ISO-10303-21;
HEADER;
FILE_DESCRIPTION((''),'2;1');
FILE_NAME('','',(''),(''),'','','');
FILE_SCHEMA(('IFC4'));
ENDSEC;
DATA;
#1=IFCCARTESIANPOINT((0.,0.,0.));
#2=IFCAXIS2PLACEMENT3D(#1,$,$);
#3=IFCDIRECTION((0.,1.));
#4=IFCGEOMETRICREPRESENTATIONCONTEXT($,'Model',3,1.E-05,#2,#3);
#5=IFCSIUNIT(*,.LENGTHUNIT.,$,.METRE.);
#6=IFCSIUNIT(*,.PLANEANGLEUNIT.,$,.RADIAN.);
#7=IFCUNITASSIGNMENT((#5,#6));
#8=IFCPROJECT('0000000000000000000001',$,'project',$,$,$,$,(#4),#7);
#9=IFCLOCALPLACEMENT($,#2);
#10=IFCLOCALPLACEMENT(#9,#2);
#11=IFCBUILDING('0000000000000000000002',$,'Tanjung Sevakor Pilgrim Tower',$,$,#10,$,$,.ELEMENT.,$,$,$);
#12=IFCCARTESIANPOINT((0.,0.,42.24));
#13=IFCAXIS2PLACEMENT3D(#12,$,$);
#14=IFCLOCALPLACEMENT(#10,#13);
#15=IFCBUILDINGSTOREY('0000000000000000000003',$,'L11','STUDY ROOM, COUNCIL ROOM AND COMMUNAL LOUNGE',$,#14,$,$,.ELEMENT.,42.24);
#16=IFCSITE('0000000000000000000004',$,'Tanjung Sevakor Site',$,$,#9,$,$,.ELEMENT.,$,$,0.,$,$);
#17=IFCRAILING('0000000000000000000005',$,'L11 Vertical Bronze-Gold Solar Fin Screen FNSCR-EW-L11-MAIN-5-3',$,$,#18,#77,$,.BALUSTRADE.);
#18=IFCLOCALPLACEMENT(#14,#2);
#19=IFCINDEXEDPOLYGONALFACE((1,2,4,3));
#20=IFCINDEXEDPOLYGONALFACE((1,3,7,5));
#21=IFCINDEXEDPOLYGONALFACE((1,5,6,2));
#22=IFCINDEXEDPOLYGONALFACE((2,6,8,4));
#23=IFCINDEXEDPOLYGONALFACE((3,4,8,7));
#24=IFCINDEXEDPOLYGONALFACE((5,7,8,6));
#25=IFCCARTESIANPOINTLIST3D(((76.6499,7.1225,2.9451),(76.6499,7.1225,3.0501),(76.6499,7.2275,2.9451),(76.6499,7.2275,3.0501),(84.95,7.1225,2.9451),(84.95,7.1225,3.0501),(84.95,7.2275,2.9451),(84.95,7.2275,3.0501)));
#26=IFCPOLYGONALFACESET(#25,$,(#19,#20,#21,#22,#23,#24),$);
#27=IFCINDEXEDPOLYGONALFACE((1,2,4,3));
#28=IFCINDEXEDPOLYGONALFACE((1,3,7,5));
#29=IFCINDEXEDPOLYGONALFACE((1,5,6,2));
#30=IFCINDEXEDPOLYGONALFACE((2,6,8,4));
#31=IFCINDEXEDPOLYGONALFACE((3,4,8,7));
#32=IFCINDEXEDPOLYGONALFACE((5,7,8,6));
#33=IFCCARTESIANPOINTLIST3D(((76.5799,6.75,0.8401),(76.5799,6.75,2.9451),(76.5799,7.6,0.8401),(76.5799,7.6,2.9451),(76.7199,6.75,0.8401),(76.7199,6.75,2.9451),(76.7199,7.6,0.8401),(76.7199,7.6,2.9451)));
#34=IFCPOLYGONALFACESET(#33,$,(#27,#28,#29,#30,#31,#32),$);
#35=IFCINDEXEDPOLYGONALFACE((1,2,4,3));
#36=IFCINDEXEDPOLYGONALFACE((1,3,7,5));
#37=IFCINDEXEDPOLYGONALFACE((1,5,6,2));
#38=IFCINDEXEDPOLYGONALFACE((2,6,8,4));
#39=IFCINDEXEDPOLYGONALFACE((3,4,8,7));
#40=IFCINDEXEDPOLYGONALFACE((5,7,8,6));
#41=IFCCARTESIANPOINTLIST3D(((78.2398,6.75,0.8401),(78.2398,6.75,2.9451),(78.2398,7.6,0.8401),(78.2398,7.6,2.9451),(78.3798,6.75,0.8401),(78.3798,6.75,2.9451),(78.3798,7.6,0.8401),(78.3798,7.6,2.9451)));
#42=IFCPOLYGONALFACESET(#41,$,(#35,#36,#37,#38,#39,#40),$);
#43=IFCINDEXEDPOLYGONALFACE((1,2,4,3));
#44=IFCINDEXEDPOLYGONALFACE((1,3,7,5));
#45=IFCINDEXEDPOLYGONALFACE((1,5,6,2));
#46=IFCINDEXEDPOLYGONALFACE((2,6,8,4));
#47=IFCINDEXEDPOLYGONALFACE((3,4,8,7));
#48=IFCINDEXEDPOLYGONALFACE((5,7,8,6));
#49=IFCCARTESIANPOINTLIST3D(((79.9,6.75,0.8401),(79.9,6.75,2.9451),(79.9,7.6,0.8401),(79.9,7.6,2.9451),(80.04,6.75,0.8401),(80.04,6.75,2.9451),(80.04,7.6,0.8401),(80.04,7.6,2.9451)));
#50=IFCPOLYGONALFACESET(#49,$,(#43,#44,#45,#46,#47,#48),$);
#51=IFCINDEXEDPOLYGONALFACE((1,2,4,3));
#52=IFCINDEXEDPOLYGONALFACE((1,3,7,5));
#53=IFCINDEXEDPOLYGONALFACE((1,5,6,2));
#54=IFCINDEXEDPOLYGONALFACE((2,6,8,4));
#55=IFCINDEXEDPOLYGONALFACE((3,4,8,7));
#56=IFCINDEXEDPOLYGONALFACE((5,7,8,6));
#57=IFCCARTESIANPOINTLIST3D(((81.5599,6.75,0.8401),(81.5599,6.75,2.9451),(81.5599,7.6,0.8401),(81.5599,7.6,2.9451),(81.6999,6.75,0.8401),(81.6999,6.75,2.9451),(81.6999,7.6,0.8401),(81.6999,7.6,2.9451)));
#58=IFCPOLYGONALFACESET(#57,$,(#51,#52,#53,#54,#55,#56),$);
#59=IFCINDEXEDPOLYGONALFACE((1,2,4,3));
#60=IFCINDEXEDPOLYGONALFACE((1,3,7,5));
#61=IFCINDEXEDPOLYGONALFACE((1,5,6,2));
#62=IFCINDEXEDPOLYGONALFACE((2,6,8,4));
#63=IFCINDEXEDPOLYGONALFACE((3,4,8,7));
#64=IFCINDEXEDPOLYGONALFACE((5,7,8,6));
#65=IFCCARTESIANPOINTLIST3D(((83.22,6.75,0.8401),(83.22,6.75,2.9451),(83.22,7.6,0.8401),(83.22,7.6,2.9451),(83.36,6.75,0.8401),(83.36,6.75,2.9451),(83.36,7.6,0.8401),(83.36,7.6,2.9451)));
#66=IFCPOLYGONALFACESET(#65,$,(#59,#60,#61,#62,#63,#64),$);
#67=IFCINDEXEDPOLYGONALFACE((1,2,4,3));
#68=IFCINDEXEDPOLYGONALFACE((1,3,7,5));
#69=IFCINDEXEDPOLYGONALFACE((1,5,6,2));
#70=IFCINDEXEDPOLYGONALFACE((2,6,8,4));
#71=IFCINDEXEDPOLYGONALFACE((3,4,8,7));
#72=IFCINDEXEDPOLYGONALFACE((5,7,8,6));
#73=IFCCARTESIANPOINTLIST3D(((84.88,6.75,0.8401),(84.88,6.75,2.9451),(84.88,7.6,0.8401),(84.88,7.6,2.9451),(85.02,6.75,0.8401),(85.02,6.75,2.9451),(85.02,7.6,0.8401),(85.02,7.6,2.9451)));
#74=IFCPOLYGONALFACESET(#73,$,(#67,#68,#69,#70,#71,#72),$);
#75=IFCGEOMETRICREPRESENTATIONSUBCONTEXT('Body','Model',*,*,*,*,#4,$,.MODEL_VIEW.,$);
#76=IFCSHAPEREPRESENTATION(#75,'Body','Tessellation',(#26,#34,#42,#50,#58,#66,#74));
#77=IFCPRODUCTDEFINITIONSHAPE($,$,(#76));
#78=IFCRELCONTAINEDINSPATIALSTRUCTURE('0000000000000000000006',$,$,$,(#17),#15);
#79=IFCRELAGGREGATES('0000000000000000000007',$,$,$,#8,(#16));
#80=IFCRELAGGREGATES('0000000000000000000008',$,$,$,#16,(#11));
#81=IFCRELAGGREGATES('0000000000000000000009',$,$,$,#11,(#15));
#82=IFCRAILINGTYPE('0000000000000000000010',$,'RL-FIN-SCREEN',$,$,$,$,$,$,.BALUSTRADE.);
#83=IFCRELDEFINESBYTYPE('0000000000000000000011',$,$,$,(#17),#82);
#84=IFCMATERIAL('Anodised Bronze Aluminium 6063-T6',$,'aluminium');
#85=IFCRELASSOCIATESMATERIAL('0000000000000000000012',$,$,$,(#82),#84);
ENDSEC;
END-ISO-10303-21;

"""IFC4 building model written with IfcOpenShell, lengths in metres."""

from ifc_helpers import new_model, si_unit, direction, frame, origin, place, context, subcontext, project, spatial, rectangle, extrude, material, type_object, element, save


model = new_model("IFC4")

# Units and contexts
model_context = context("Model", 3, precision=1e-05, world=origin(), true_north=direction((0.0, 1.0)))
body_context = subcontext(model_context, "Body", "Model", "MODEL_VIEW")
ifc_project = project(units=[si_unit("LENGTHUNIT", "METRE"), si_unit("PLANEANGLEUNIT", "RADIAN")], contexts=[model_context])

# Site, building, storey
site_placement = place(None, origin())
site = spatial("IfcSite", under=ifc_project, at=site_placement, Name="Tanjung Sevakor Site", CompositionType="ELEMENT", RefElevation=0.0)
building_placement = place(site_placement, origin())
building = spatial("IfcBuilding", under=site, at=building_placement, Name="Tanjung Sevakor Pilgrim Tower", CompositionType="ELEMENT")
storey_placement = place(building_placement, frame((0.0, 0.0, 42.24)))
storey = spatial("IfcBuildingStorey", under=building, at=storey_placement, Name="L11", Description="STUDY ROOM, COUNCIL ROOM AND COMMUNAL LOUNGE", CompositionType="ELEMENT", Elevation=42.24)

# Railing
ifc_material_1 = material(Name="Anodised Bronze Aluminium 6063-T6", Category="aluminium")
railing_type_1 = type_object("IfcRailingType", Name="RL-FIN-SCREEN", PredefinedType="BALUSTRADE", material=ifc_material_1)
for number, where, name in (
    (1, (76.6499, 7.175, 0.8401), "L11 Vertical Bronze-Gold Solar Fin Screen FNSCR-EW-L11-MAIN-5-3"),
):
    element("IfcRailing", number, at=place(storey_placement, frame(where)), inside=storey, type_object=railing_type_1, Name=name, PredefinedType="BALUSTRADE", context=body_context, shape_type="SweptSolid", body=[
        extrude(rectangle(XDim=0.105, YDim=0.105), frame((0.0, 0.0, 2.1575), z_axis=(1.0, 0.0, 0.0), x_axis=(0.0, 1.0, 0.0)), (0.0, 0.0, 1.0), 8.3),
        extrude(rectangle(XDim=0.14, YDim=0.85), origin(), (0.0, 0.0, 1.0), 2.105),
        extrude(rectangle(XDim=0.14, YDim=0.85), frame((1.6599, 0.0, 0.0)), (0.0, 0.0, 1.0), 2.105),
        extrude(rectangle(XDim=0.14, YDim=0.85), frame((3.3201, 0.0, 0.0)), (0.0, 0.0, 1.0), 2.105),
        extrude(rectangle(XDim=0.14, YDim=0.85), frame((4.98, 0.0, 0.0)), (0.0, 0.0, 1.0), 2.105),
        extrude(rectangle(XDim=0.14, YDim=0.85), frame((6.6401, 0.0, 0.0)), (0.0, 0.0, 1.0), 2.105),
        extrude(rectangle(XDim=0.14, YDim=0.85), frame((8.3, 0.0, 0.0)), (0.0, 0.0, 1.0), 2.105),
    ])

save(model, "model.ifc")
